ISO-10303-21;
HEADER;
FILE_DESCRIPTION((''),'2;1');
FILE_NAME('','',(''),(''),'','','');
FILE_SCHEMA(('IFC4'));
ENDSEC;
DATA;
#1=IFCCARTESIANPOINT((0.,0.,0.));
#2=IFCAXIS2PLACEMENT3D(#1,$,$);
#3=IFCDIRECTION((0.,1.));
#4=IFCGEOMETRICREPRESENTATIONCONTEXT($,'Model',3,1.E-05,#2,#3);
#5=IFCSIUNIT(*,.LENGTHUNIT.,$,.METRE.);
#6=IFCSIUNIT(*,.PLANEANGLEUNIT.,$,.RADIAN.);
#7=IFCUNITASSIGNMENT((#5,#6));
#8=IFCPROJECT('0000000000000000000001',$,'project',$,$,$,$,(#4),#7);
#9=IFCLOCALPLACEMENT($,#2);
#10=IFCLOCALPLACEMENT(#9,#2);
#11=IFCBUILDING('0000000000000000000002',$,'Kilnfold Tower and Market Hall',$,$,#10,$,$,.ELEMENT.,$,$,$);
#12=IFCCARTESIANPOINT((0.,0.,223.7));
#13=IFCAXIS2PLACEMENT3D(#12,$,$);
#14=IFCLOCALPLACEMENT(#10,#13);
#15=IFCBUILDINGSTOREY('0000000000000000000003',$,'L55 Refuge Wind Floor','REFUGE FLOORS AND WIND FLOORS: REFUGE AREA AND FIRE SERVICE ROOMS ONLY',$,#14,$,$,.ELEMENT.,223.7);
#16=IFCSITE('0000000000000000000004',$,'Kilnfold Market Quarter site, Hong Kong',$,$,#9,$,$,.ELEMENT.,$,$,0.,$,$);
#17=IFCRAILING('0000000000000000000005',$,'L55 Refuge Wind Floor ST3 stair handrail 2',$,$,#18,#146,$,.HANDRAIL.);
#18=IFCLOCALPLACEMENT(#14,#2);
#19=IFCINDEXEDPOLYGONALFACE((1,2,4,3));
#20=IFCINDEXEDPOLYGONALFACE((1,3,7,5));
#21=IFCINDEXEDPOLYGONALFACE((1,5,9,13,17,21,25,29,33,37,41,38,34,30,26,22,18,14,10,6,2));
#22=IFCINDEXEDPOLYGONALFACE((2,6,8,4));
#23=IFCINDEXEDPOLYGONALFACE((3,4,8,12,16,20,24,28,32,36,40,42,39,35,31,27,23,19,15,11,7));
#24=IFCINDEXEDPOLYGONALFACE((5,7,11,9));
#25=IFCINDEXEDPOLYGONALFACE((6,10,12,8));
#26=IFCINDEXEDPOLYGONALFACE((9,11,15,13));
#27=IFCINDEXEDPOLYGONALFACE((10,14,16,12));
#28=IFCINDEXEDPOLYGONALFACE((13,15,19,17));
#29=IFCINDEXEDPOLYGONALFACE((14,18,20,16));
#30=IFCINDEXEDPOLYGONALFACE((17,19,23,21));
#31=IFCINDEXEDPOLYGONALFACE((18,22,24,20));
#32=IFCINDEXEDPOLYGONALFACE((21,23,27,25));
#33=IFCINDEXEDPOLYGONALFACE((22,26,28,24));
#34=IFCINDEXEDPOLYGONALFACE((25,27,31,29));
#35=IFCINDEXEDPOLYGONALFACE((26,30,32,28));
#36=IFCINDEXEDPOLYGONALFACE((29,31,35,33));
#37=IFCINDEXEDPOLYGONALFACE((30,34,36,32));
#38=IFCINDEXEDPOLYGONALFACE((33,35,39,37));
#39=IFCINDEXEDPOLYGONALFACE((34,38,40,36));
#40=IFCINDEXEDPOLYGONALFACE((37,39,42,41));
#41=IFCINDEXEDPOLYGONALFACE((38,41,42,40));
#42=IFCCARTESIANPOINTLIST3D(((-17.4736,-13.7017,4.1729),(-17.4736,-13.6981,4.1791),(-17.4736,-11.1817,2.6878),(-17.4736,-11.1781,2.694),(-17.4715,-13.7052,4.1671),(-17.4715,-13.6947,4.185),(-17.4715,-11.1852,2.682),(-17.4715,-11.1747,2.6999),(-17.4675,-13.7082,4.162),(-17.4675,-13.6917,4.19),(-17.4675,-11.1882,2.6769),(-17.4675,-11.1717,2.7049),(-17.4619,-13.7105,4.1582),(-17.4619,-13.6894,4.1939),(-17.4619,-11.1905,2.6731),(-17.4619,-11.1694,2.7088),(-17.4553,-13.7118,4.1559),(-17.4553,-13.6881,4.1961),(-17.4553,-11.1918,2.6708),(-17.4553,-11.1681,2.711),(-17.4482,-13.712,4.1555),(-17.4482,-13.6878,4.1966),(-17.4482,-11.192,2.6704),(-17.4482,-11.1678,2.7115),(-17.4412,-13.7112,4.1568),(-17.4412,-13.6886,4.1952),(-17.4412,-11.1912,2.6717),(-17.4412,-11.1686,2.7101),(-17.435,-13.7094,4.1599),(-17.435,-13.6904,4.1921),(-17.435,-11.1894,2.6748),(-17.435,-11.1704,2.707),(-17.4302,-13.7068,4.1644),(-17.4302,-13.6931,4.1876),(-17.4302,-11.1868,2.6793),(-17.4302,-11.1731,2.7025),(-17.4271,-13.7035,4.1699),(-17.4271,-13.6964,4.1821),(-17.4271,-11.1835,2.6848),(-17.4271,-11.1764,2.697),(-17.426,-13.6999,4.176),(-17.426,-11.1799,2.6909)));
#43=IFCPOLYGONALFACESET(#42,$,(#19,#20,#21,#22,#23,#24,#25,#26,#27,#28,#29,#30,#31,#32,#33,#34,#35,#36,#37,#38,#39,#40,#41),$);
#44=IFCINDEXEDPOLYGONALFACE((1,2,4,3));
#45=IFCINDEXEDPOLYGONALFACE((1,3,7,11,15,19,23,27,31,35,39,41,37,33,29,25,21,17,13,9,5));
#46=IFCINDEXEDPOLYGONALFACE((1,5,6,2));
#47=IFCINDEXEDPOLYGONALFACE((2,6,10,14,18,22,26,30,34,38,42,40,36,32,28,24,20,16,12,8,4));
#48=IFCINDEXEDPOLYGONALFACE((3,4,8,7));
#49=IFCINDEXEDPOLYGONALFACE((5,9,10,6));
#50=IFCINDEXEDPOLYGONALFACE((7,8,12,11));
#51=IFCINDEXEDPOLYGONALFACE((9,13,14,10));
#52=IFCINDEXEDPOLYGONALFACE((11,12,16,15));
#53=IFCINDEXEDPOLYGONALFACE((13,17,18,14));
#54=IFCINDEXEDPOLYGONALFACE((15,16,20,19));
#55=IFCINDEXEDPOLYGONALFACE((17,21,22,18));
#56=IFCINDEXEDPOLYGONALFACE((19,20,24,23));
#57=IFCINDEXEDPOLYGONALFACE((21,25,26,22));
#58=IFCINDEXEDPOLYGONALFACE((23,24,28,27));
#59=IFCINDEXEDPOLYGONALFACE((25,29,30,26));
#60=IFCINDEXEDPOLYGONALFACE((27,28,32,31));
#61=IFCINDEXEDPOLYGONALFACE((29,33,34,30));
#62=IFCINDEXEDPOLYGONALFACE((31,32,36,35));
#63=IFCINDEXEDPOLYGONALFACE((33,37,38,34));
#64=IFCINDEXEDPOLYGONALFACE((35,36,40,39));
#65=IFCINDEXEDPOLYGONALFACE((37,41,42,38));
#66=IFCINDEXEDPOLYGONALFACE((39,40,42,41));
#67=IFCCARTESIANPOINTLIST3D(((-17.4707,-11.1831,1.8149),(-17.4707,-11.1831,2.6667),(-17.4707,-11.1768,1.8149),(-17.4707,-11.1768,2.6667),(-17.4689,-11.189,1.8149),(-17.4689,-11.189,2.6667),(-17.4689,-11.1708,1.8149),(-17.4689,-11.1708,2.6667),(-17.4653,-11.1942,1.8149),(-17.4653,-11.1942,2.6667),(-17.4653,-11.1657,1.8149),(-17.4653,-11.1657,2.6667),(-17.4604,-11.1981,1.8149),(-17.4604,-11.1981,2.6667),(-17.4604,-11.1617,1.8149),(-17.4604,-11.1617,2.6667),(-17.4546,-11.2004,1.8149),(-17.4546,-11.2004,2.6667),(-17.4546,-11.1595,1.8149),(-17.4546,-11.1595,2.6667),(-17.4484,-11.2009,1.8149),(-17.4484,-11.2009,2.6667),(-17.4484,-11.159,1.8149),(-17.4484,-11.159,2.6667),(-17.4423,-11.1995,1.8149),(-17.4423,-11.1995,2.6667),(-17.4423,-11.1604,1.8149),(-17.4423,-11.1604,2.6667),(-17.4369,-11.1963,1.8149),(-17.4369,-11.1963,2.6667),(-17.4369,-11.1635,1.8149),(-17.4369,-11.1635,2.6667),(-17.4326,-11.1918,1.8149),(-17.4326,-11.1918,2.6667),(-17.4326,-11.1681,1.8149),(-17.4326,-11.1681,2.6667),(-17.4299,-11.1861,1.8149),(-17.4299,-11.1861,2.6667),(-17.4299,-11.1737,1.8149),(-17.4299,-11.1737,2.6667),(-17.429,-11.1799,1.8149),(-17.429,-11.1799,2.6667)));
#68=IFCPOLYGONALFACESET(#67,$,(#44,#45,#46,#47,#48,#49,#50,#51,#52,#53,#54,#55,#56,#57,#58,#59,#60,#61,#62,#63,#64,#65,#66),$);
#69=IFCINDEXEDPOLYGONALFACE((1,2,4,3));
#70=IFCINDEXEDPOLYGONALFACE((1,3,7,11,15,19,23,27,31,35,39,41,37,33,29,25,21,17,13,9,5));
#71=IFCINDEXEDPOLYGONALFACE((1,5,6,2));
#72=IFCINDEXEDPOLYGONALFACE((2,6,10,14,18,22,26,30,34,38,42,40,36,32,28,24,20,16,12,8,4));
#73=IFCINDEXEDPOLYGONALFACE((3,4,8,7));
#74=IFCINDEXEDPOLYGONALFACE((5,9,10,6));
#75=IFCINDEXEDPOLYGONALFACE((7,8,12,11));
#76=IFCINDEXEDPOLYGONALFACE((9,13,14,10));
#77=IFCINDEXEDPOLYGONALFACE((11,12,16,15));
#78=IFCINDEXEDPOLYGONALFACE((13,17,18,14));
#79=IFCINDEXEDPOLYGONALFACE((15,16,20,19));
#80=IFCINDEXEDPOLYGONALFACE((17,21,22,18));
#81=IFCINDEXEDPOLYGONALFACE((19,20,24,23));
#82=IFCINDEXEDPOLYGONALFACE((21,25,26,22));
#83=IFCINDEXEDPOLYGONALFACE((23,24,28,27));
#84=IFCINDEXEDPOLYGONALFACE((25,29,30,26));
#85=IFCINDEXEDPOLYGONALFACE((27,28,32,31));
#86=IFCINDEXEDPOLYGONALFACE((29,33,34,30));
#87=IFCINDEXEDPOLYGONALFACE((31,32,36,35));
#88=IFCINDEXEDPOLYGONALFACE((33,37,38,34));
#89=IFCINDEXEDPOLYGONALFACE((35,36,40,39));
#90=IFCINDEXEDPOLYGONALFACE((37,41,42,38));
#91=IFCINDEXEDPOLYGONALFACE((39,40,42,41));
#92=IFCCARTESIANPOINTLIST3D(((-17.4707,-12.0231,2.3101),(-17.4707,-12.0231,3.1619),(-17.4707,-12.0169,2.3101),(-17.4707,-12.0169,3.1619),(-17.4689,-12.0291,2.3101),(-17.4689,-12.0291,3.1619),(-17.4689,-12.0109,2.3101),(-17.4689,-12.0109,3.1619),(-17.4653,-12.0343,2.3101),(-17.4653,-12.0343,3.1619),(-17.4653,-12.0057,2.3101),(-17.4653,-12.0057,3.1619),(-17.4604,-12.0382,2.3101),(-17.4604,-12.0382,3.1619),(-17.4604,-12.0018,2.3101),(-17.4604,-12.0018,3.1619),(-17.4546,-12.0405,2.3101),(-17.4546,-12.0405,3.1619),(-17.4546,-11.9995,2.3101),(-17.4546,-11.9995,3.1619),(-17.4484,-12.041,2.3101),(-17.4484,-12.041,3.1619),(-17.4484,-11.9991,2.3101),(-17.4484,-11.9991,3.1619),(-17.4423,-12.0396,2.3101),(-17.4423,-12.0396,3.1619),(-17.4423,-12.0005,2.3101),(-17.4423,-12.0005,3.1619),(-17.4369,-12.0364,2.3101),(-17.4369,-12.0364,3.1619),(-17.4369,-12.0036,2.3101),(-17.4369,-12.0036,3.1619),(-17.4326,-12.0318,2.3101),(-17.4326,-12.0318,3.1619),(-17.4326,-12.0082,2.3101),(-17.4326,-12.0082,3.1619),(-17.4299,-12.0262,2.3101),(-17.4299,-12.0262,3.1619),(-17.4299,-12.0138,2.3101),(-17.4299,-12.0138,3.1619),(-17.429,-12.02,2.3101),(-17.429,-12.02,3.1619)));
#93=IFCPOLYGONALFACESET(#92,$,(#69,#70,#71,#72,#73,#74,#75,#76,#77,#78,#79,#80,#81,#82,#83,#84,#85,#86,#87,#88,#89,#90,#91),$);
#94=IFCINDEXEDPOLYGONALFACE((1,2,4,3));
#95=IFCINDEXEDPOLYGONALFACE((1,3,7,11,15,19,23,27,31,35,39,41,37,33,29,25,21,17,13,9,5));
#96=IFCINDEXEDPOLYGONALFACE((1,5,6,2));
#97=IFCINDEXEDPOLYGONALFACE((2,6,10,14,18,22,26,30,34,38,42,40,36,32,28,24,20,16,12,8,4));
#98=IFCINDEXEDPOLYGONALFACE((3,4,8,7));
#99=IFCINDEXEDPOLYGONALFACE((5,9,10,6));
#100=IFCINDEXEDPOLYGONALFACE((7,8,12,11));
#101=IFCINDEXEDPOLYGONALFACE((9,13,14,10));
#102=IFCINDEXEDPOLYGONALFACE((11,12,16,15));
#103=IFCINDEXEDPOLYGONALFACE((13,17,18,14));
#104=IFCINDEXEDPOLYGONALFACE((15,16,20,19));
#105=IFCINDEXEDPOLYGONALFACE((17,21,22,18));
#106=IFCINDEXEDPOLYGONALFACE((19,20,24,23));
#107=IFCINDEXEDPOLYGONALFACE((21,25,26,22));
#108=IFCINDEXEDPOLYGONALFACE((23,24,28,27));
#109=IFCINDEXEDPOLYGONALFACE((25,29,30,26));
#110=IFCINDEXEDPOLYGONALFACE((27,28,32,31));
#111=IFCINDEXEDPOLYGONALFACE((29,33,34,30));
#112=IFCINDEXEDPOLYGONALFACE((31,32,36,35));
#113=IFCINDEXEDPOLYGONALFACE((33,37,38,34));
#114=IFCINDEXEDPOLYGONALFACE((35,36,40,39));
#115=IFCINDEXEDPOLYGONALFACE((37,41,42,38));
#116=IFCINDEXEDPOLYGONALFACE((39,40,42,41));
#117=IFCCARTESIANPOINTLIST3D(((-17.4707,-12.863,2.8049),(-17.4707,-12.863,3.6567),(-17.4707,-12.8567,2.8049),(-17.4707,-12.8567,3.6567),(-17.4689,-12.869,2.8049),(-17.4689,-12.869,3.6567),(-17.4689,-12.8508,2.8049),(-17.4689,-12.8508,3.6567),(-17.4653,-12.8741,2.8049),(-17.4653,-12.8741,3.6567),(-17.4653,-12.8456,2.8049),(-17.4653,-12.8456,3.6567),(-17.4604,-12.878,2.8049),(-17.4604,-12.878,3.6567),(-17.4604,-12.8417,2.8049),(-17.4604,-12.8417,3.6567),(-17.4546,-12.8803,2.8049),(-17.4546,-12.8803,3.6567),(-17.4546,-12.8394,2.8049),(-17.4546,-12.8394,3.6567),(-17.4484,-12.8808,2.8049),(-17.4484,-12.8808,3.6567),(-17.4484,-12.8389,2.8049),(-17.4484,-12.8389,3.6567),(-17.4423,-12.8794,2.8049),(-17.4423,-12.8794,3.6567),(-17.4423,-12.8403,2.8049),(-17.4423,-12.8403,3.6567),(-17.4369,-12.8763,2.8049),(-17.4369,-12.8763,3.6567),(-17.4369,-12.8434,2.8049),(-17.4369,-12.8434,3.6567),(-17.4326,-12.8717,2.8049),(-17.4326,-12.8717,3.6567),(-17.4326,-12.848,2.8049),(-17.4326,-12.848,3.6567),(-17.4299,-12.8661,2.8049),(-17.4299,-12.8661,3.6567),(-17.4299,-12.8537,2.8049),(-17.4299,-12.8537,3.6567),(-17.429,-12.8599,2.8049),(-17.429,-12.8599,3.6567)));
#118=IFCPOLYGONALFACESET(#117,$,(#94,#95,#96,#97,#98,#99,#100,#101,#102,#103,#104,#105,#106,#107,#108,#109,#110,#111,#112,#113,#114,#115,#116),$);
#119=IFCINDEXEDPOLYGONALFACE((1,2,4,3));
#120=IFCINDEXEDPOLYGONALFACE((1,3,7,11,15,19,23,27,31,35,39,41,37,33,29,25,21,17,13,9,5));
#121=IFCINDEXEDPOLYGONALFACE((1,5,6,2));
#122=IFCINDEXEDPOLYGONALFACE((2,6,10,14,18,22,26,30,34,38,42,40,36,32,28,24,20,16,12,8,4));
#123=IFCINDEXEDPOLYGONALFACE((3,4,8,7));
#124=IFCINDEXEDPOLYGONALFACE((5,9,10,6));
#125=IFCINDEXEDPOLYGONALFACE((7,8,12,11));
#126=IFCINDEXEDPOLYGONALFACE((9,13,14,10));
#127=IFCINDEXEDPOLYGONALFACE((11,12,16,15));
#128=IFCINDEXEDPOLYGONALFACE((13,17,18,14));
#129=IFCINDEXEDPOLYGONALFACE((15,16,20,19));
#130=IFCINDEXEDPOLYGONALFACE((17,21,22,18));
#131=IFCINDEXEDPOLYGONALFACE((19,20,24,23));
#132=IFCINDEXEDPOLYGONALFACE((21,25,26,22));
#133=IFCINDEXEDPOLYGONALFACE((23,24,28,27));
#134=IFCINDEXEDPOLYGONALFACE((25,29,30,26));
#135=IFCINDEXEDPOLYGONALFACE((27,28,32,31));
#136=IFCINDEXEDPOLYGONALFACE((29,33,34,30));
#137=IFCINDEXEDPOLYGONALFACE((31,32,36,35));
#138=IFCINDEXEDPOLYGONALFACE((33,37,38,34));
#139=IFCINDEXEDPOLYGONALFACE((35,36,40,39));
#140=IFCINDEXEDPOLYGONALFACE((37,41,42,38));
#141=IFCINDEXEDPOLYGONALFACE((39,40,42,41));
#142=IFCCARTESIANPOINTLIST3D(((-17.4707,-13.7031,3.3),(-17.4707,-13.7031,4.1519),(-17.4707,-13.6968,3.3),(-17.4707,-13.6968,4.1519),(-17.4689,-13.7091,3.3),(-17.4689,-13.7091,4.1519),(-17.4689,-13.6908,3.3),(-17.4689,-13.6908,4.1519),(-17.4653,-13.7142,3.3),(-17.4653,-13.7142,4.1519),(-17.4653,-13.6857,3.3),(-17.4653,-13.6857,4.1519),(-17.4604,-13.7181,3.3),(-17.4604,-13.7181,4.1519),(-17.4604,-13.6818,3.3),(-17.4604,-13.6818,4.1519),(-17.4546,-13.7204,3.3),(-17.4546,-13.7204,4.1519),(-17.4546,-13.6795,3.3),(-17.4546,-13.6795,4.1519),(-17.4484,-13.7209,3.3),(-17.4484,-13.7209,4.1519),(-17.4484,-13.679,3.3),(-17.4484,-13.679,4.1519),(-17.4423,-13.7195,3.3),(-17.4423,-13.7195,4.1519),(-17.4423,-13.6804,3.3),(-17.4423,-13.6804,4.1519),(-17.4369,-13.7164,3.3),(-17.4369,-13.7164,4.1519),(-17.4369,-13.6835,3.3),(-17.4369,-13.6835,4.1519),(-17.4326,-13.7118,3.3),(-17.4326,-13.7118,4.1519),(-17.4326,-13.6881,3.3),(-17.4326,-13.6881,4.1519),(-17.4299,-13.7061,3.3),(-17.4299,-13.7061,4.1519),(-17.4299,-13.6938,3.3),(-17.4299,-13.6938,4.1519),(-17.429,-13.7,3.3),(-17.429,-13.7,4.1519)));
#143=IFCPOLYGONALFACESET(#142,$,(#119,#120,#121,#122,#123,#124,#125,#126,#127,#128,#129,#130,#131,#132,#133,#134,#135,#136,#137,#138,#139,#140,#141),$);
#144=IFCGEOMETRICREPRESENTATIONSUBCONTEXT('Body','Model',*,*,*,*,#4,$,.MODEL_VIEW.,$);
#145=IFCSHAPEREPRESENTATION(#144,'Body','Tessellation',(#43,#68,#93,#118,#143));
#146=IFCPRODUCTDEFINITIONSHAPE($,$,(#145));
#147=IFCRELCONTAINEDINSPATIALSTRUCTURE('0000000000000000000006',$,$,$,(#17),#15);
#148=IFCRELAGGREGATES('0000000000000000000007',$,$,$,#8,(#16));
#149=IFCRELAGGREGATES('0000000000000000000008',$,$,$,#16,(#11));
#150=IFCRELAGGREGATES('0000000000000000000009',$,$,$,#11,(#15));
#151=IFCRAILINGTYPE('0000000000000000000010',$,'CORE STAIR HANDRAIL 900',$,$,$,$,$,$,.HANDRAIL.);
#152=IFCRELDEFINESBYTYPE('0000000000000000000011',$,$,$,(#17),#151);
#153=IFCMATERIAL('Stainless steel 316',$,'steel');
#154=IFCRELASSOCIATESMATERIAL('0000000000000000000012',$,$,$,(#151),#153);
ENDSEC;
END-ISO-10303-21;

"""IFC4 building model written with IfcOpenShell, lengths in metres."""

from ifc_helpers import new_model, si_unit, direction, frame, origin, origin_2d, place, context, subcontext, project, spatial, circle, extrude, material, type_object, element, save


model = new_model("IFC4")

# Units and contexts
model_context = context("Model", 3, precision=1e-05, world=origin(), true_north=direction((0.0, 1.0)))
body_context = subcontext(model_context, "Body", "Model", "MODEL_VIEW")
ifc_project = project(units=[si_unit("LENGTHUNIT", "METRE"), si_unit("PLANEANGLEUNIT", "RADIAN")], contexts=[model_context])

# Site, building, storey
site_placement = place(None, origin())
site = spatial("IfcSite", under=ifc_project, at=site_placement, Name="Kilnfold Market Quarter site, Hong Kong", CompositionType="ELEMENT", RefElevation=0.0)
building_placement = place(site_placement, origin())
building = spatial("IfcBuilding", under=site, at=building_placement, Name="Kilnfold Tower and Market Hall", CompositionType="ELEMENT")
storey_placement = place(building_placement, frame((0.0, 0.0, 223.7)))
storey = spatial("IfcBuildingStorey", under=building, at=storey_placement, Name="L55 Refuge Wind Floor", Description="REFUGE FLOORS AND WIND FLOORS: REFUGE AREA AND FIRE SERVICE ROOMS ONLY", CompositionType="ELEMENT", Elevation=223.7)

# Railing
ifc_material_1 = material(Name="Stainless steel 316", Category="steel")
railing_type = type_object("IfcRailingType", Name="CORE STAIR HANDRAIL 900", PredefinedType="HANDRAIL", material=ifc_material_1)
for number, where, name in (
    (1, (-17.45, -11.1799, 1.8149), "L55 Refuge Wind Floor ST3 stair handrail 2"),
):
    element("IfcRailing", number, at=place(storey_placement, frame(where)), inside=storey, type_object=railing_type, Name=name, PredefinedType="HANDRAIL", context=body_context, shape_type="SweptSolid", body=[
        extrude(circle(Radius=0.0239, at=origin_2d()), frame((0.0, 0.0, 0.876), z_axis=(0.0, -0.861524, 0.507717), x_axis=(1.0, 0.0, 0.0)), (0.0, 0.0, 1.0), 2.925),
        extrude(circle(Radius=0.021, at=origin_2d()), origin(), (0.0, 0.0, 1.0), 0.8518),
        extrude(circle(Radius=0.021, at=origin_2d()), frame((0.0, -0.8401, 0.4951)), (0.0, 0.0, 1.0), 0.8518),
        extrude(circle(Radius=0.021, at=origin_2d()), frame((0.0, -1.6799, 0.99)), (0.0, 0.0, 1.0), 0.8518),
        extrude(circle(Radius=0.021, at=origin_2d()), frame((0.0, -2.52, 1.4851)), (0.0, 0.0, 1.0), 0.8518),
    ])

save(model, "model.ifc")
